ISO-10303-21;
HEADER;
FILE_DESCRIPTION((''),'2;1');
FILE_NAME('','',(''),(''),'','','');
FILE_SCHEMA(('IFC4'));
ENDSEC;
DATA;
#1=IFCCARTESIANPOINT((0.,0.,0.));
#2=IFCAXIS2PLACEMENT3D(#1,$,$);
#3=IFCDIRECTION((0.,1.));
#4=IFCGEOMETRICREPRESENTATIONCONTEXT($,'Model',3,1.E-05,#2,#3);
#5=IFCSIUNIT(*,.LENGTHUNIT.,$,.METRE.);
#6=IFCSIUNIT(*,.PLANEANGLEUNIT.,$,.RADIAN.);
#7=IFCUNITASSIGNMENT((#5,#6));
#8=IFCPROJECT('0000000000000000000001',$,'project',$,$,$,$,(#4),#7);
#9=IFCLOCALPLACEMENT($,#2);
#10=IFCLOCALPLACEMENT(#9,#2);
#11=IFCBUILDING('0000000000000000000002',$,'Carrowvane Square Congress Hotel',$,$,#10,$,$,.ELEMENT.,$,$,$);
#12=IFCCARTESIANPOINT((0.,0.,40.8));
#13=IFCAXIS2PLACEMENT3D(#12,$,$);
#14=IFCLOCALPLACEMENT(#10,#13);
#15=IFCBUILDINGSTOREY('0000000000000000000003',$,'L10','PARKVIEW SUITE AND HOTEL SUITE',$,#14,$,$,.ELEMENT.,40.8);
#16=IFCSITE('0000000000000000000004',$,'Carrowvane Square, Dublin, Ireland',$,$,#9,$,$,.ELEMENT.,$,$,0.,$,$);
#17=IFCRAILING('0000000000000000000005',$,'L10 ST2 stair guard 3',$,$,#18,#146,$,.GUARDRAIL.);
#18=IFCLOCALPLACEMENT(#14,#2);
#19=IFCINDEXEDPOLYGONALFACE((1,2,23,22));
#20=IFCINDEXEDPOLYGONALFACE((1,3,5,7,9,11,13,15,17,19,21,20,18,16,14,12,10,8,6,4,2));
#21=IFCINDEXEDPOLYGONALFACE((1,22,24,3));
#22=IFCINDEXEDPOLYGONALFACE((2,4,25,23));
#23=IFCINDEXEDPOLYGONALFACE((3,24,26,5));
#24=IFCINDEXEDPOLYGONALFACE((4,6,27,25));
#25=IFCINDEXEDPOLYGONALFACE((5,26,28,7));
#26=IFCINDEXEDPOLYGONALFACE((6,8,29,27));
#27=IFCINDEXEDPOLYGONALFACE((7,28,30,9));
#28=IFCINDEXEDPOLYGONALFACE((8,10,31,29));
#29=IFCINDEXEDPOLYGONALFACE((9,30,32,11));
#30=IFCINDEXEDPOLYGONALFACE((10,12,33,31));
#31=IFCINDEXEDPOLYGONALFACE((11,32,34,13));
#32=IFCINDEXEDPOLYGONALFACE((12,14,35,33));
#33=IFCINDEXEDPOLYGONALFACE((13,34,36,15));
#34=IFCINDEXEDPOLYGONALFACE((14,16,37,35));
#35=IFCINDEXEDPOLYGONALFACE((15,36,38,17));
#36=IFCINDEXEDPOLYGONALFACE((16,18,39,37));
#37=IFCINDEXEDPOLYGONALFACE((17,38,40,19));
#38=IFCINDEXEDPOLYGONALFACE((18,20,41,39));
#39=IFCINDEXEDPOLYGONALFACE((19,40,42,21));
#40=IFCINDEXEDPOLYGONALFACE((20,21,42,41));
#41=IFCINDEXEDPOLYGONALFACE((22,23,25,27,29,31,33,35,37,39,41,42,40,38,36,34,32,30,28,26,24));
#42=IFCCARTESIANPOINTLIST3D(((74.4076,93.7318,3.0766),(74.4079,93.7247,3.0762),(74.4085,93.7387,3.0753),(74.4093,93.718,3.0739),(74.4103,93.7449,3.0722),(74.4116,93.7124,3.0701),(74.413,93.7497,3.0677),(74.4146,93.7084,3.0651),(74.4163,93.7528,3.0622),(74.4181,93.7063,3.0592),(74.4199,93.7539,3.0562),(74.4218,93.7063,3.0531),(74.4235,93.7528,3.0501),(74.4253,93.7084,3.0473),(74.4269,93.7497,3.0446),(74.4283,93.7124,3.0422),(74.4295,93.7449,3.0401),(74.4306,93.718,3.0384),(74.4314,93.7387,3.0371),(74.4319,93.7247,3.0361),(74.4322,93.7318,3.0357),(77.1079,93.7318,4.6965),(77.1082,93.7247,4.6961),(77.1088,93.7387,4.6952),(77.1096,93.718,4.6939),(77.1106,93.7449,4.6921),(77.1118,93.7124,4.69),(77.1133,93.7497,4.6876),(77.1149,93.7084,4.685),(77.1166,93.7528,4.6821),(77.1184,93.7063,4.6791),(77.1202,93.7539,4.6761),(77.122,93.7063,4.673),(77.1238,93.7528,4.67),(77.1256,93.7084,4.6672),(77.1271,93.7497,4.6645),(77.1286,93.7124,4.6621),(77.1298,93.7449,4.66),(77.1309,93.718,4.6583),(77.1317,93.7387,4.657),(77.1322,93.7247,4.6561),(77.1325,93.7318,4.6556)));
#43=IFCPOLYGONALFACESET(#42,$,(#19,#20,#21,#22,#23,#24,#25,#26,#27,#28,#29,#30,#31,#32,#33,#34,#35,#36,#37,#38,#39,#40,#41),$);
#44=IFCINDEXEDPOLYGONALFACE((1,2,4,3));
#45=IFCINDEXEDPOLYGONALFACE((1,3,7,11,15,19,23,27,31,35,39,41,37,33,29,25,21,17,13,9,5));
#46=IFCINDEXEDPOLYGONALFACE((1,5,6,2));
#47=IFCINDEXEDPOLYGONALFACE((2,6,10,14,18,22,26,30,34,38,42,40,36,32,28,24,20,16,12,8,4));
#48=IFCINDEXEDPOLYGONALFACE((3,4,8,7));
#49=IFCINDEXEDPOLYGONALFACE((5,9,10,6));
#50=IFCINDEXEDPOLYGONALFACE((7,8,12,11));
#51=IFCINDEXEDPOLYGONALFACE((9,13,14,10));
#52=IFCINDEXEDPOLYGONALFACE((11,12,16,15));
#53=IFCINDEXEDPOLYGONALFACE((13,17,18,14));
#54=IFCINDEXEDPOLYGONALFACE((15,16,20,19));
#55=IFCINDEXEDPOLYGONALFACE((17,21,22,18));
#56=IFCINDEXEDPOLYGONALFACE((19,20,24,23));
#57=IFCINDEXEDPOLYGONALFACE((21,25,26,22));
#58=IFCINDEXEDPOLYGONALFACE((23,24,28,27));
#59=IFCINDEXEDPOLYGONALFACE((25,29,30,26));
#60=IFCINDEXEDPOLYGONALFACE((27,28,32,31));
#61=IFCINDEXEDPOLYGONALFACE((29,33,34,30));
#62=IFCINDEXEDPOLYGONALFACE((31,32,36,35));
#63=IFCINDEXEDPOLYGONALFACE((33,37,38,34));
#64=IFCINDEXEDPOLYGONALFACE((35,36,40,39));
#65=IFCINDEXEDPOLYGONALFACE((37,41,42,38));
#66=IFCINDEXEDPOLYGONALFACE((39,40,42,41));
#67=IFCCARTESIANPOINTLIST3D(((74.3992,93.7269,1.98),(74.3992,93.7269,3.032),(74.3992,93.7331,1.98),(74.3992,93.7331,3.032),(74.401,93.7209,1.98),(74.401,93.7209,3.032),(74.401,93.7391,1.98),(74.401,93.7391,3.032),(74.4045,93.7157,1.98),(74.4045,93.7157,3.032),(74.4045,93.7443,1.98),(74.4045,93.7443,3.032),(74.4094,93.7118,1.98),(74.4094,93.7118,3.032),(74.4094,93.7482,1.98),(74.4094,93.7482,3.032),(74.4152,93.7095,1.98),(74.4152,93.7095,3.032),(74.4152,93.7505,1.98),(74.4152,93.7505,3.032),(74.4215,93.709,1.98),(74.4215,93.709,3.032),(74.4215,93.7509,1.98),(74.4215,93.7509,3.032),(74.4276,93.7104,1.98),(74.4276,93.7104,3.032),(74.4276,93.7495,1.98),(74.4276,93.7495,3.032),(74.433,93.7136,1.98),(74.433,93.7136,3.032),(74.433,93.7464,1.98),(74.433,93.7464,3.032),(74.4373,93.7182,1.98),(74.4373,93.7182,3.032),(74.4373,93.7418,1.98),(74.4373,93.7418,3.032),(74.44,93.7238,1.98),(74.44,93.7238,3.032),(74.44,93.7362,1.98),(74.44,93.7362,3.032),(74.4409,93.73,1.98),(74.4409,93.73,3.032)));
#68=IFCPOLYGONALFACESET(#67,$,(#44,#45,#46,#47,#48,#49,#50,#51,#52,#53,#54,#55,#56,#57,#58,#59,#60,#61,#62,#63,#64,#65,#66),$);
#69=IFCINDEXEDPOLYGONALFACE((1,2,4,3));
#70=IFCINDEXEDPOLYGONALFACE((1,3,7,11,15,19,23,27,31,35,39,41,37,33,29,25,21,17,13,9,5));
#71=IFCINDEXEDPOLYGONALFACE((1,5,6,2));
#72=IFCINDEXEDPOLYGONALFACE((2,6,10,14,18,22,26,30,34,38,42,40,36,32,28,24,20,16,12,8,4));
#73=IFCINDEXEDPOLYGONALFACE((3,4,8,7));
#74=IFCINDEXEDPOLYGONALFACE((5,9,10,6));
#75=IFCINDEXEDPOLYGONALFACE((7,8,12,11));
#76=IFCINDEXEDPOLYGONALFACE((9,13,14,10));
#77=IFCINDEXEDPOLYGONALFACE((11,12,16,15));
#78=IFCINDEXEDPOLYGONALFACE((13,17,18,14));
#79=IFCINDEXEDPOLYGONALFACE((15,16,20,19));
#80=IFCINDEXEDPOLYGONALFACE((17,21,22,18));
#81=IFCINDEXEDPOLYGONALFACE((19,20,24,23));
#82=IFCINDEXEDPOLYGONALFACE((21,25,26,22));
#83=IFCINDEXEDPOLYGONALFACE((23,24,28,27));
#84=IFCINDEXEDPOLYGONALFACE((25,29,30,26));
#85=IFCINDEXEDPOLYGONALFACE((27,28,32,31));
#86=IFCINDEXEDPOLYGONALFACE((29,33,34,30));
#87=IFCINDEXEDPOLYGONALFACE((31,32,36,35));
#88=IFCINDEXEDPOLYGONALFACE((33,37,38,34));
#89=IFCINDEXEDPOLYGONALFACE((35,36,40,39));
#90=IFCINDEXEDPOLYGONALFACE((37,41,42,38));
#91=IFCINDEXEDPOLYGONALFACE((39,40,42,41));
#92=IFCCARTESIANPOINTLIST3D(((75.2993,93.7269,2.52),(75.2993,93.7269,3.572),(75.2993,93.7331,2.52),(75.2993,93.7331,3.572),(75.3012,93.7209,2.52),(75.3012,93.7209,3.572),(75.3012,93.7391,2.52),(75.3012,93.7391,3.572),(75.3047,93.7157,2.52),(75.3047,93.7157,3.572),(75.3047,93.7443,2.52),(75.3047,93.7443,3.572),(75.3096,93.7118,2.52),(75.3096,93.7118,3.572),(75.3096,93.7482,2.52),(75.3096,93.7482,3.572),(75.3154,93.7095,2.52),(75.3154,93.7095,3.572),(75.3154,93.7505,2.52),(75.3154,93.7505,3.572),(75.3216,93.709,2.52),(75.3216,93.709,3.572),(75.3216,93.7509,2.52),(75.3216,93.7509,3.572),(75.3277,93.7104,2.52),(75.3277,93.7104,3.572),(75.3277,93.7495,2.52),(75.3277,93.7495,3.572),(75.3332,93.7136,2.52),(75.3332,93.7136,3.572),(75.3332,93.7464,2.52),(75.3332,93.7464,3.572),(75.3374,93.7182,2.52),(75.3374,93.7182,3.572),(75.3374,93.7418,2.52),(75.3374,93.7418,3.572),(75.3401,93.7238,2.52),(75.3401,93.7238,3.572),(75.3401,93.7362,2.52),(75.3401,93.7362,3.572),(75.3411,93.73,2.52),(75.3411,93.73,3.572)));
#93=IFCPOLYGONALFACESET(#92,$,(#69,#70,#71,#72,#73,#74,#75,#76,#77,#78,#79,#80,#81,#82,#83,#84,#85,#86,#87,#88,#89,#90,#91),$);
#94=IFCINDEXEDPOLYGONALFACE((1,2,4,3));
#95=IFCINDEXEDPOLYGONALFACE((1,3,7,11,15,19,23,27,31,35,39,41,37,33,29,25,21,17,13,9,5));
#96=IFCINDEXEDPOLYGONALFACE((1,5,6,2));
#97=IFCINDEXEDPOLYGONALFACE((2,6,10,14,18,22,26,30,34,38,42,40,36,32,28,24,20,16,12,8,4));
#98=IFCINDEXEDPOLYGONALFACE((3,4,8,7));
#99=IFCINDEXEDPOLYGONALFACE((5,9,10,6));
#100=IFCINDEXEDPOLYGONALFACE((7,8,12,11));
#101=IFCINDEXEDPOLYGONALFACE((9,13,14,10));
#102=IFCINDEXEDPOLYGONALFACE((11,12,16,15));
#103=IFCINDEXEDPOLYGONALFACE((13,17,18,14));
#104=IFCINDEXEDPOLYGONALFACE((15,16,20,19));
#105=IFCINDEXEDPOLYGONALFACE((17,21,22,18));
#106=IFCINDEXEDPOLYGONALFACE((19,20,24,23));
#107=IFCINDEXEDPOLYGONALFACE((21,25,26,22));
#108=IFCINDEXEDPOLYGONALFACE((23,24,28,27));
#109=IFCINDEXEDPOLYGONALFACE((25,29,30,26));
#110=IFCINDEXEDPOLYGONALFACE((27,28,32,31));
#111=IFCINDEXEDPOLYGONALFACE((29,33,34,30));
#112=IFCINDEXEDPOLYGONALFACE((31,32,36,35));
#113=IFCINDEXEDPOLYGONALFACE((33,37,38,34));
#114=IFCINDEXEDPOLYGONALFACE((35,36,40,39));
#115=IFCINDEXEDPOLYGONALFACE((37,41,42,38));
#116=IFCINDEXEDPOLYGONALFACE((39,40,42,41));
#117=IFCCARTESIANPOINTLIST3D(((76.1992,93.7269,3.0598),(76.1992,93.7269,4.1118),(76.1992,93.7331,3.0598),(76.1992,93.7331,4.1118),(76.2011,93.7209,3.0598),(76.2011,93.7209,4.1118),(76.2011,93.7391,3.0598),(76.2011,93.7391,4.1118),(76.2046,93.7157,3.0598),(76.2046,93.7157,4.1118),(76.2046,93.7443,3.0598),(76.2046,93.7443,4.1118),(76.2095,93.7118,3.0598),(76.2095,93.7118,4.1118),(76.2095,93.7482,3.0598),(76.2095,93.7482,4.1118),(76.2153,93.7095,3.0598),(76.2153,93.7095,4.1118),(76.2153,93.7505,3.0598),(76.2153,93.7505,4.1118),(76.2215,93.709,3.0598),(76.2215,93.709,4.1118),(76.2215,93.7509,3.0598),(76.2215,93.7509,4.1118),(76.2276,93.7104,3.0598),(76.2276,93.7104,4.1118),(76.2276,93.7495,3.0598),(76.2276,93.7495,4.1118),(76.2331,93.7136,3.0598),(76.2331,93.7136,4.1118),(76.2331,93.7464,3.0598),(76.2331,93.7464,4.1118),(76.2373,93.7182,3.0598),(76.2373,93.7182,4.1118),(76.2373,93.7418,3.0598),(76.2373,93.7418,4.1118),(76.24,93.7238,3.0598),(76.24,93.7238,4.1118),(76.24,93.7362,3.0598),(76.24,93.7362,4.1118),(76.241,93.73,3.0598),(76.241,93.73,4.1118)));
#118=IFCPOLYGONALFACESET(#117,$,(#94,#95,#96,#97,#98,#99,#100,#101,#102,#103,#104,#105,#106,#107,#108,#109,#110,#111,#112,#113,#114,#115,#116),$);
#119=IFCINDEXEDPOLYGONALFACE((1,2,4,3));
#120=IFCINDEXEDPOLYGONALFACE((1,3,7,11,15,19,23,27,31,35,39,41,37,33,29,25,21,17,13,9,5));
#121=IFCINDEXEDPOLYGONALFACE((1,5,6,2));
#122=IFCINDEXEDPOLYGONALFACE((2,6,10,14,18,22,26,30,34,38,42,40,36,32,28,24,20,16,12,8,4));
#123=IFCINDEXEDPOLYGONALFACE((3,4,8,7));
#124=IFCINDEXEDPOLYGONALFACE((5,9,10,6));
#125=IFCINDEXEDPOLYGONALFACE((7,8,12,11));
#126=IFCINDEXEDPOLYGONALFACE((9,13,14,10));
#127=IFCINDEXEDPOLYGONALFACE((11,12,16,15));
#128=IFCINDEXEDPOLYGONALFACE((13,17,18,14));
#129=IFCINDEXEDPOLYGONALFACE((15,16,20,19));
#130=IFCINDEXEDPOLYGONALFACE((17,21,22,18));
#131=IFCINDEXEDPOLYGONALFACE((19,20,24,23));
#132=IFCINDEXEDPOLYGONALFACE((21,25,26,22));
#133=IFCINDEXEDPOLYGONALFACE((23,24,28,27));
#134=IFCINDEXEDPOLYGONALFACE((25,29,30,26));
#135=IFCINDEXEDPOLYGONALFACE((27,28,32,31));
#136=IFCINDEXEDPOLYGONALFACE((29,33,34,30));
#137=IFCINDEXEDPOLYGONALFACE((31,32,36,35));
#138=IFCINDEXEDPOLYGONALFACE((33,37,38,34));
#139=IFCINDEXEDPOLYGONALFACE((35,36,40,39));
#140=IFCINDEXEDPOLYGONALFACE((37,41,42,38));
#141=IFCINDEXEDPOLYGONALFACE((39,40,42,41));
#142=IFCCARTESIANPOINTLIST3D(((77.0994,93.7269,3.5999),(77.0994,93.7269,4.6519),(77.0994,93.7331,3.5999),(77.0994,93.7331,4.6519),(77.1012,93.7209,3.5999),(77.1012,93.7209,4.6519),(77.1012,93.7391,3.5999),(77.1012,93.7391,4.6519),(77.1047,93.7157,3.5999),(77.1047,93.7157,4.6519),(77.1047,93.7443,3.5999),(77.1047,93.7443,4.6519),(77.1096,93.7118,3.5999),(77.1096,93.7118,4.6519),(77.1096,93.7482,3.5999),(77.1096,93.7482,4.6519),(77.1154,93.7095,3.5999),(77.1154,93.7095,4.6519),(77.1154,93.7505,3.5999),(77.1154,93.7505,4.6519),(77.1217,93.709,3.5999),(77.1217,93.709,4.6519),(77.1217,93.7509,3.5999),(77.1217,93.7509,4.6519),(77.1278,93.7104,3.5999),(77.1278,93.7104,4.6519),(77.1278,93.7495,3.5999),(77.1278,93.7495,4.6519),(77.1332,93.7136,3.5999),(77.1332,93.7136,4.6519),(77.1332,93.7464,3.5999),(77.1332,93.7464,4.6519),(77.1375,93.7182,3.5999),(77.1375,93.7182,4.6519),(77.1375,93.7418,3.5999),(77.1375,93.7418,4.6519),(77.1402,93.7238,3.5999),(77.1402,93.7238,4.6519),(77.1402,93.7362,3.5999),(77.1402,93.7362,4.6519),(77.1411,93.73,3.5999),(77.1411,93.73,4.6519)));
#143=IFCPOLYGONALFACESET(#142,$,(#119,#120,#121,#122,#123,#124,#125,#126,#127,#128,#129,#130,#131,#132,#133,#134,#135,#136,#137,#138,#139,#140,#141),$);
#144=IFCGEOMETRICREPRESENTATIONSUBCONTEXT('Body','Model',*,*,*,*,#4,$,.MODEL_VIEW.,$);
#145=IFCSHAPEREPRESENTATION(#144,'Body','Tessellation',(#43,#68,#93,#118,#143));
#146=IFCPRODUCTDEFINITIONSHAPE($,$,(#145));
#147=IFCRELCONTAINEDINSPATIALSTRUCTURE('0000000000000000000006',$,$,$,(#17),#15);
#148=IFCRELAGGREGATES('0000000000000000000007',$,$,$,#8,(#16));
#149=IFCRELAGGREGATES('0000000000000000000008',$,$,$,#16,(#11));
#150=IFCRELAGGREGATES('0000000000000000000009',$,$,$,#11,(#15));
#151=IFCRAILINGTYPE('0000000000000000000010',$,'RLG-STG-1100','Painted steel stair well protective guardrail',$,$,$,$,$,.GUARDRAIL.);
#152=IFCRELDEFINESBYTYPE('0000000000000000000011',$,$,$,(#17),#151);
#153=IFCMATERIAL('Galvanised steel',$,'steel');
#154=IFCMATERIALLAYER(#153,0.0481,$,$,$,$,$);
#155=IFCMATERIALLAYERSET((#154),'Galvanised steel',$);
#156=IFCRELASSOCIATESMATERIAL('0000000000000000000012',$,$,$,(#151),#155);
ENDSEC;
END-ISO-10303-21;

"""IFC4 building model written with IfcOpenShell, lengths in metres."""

from ifc_helpers import new_model, si_unit, direction, frame, origin, origin_2d, place, context, subcontext, project, spatial, circle, extrude, material, layer, layer_set, type_object, element, save


model = new_model("IFC4")

# Units and contexts
model_context = context("Model", 3, precision=1e-05, world=origin(), true_north=direction((0.0, 1.0)))
body_context = subcontext(model_context, "Body", "Model", "MODEL_VIEW")
ifc_project = project(units=[si_unit("LENGTHUNIT", "METRE"), si_unit("PLANEANGLEUNIT", "RADIAN")], contexts=[model_context])

# Site, building, storey
site_placement = place(None, origin())
site = spatial("IfcSite", under=ifc_project, at=site_placement, Name="Carrowvane Square, Dublin, Ireland", CompositionType="ELEMENT", RefElevation=0.0)
building_placement = place(site_placement, origin())
building = spatial("IfcBuilding", under=site, at=building_placement, Name="Carrowvane Square Congress Hotel", CompositionType="ELEMENT")
storey_placement = place(building_placement, frame((0.0, 0.0, 40.8)))
storey = spatial("IfcBuildingStorey", under=building, at=storey_placement, Name="L10", Description="PARKVIEW SUITE AND HOTEL SUITE", CompositionType="ELEMENT", Elevation=40.8)

# Railing
ifc_material_1 = material(Name="Galvanised steel", Category="steel")
ifc_layer_1 = layer(ifc_material_1, 0.0481)
ifc_layer_set_1 = layer_set([ifc_layer_1], Name="Galvanised steel")
railing_type_1 = type_object("IfcRailingType", Name="RLG-STG-1100", Description="Painted steel stair well protective guardrail", PredefinedType="GUARDRAIL", material=ifc_layer_set_1)
railing_1_placement = place(storey_placement, frame((74.4199, 93.73, 1.98)))
element("IfcRailing", 1, at=railing_1_placement, inside=storey, type_object=railing_type_1, Name="L10 ST2 stair guard 3", PredefinedType="GUARDRAIL", context=body_context, shape_type="SweptSolid", body=[
    extrude(circle(Radius=0.0239, at=origin_2d()), frame((0.0, 0.0, 1.0762), z_axis=(0.857527, 0.0, 0.514439), x_axis=(0.0, 1.0, 0.0)), (0.0, 0.0, 1.0), 3.1489),
    extrude(circle(Radius=0.021, at=origin_2d()), origin(), (0.0, 0.0, 1.0), 1.052),
    extrude(circle(Radius=0.021, at=origin_2d()), frame((0.9001, 0.0, 0.54)), (0.0, 0.0, 1.0), 1.052),
    extrude(circle(Radius=0.021, at=origin_2d()), frame((1.8, 0.0, 1.0798)), (0.0, 0.0, 1.0), 1.052),
    extrude(circle(Radius=0.021, at=origin_2d()), frame((2.7002, 0.0, 1.6199)), (0.0, 0.0, 1.0), 1.052),
])

save(model, "model.ifc")
